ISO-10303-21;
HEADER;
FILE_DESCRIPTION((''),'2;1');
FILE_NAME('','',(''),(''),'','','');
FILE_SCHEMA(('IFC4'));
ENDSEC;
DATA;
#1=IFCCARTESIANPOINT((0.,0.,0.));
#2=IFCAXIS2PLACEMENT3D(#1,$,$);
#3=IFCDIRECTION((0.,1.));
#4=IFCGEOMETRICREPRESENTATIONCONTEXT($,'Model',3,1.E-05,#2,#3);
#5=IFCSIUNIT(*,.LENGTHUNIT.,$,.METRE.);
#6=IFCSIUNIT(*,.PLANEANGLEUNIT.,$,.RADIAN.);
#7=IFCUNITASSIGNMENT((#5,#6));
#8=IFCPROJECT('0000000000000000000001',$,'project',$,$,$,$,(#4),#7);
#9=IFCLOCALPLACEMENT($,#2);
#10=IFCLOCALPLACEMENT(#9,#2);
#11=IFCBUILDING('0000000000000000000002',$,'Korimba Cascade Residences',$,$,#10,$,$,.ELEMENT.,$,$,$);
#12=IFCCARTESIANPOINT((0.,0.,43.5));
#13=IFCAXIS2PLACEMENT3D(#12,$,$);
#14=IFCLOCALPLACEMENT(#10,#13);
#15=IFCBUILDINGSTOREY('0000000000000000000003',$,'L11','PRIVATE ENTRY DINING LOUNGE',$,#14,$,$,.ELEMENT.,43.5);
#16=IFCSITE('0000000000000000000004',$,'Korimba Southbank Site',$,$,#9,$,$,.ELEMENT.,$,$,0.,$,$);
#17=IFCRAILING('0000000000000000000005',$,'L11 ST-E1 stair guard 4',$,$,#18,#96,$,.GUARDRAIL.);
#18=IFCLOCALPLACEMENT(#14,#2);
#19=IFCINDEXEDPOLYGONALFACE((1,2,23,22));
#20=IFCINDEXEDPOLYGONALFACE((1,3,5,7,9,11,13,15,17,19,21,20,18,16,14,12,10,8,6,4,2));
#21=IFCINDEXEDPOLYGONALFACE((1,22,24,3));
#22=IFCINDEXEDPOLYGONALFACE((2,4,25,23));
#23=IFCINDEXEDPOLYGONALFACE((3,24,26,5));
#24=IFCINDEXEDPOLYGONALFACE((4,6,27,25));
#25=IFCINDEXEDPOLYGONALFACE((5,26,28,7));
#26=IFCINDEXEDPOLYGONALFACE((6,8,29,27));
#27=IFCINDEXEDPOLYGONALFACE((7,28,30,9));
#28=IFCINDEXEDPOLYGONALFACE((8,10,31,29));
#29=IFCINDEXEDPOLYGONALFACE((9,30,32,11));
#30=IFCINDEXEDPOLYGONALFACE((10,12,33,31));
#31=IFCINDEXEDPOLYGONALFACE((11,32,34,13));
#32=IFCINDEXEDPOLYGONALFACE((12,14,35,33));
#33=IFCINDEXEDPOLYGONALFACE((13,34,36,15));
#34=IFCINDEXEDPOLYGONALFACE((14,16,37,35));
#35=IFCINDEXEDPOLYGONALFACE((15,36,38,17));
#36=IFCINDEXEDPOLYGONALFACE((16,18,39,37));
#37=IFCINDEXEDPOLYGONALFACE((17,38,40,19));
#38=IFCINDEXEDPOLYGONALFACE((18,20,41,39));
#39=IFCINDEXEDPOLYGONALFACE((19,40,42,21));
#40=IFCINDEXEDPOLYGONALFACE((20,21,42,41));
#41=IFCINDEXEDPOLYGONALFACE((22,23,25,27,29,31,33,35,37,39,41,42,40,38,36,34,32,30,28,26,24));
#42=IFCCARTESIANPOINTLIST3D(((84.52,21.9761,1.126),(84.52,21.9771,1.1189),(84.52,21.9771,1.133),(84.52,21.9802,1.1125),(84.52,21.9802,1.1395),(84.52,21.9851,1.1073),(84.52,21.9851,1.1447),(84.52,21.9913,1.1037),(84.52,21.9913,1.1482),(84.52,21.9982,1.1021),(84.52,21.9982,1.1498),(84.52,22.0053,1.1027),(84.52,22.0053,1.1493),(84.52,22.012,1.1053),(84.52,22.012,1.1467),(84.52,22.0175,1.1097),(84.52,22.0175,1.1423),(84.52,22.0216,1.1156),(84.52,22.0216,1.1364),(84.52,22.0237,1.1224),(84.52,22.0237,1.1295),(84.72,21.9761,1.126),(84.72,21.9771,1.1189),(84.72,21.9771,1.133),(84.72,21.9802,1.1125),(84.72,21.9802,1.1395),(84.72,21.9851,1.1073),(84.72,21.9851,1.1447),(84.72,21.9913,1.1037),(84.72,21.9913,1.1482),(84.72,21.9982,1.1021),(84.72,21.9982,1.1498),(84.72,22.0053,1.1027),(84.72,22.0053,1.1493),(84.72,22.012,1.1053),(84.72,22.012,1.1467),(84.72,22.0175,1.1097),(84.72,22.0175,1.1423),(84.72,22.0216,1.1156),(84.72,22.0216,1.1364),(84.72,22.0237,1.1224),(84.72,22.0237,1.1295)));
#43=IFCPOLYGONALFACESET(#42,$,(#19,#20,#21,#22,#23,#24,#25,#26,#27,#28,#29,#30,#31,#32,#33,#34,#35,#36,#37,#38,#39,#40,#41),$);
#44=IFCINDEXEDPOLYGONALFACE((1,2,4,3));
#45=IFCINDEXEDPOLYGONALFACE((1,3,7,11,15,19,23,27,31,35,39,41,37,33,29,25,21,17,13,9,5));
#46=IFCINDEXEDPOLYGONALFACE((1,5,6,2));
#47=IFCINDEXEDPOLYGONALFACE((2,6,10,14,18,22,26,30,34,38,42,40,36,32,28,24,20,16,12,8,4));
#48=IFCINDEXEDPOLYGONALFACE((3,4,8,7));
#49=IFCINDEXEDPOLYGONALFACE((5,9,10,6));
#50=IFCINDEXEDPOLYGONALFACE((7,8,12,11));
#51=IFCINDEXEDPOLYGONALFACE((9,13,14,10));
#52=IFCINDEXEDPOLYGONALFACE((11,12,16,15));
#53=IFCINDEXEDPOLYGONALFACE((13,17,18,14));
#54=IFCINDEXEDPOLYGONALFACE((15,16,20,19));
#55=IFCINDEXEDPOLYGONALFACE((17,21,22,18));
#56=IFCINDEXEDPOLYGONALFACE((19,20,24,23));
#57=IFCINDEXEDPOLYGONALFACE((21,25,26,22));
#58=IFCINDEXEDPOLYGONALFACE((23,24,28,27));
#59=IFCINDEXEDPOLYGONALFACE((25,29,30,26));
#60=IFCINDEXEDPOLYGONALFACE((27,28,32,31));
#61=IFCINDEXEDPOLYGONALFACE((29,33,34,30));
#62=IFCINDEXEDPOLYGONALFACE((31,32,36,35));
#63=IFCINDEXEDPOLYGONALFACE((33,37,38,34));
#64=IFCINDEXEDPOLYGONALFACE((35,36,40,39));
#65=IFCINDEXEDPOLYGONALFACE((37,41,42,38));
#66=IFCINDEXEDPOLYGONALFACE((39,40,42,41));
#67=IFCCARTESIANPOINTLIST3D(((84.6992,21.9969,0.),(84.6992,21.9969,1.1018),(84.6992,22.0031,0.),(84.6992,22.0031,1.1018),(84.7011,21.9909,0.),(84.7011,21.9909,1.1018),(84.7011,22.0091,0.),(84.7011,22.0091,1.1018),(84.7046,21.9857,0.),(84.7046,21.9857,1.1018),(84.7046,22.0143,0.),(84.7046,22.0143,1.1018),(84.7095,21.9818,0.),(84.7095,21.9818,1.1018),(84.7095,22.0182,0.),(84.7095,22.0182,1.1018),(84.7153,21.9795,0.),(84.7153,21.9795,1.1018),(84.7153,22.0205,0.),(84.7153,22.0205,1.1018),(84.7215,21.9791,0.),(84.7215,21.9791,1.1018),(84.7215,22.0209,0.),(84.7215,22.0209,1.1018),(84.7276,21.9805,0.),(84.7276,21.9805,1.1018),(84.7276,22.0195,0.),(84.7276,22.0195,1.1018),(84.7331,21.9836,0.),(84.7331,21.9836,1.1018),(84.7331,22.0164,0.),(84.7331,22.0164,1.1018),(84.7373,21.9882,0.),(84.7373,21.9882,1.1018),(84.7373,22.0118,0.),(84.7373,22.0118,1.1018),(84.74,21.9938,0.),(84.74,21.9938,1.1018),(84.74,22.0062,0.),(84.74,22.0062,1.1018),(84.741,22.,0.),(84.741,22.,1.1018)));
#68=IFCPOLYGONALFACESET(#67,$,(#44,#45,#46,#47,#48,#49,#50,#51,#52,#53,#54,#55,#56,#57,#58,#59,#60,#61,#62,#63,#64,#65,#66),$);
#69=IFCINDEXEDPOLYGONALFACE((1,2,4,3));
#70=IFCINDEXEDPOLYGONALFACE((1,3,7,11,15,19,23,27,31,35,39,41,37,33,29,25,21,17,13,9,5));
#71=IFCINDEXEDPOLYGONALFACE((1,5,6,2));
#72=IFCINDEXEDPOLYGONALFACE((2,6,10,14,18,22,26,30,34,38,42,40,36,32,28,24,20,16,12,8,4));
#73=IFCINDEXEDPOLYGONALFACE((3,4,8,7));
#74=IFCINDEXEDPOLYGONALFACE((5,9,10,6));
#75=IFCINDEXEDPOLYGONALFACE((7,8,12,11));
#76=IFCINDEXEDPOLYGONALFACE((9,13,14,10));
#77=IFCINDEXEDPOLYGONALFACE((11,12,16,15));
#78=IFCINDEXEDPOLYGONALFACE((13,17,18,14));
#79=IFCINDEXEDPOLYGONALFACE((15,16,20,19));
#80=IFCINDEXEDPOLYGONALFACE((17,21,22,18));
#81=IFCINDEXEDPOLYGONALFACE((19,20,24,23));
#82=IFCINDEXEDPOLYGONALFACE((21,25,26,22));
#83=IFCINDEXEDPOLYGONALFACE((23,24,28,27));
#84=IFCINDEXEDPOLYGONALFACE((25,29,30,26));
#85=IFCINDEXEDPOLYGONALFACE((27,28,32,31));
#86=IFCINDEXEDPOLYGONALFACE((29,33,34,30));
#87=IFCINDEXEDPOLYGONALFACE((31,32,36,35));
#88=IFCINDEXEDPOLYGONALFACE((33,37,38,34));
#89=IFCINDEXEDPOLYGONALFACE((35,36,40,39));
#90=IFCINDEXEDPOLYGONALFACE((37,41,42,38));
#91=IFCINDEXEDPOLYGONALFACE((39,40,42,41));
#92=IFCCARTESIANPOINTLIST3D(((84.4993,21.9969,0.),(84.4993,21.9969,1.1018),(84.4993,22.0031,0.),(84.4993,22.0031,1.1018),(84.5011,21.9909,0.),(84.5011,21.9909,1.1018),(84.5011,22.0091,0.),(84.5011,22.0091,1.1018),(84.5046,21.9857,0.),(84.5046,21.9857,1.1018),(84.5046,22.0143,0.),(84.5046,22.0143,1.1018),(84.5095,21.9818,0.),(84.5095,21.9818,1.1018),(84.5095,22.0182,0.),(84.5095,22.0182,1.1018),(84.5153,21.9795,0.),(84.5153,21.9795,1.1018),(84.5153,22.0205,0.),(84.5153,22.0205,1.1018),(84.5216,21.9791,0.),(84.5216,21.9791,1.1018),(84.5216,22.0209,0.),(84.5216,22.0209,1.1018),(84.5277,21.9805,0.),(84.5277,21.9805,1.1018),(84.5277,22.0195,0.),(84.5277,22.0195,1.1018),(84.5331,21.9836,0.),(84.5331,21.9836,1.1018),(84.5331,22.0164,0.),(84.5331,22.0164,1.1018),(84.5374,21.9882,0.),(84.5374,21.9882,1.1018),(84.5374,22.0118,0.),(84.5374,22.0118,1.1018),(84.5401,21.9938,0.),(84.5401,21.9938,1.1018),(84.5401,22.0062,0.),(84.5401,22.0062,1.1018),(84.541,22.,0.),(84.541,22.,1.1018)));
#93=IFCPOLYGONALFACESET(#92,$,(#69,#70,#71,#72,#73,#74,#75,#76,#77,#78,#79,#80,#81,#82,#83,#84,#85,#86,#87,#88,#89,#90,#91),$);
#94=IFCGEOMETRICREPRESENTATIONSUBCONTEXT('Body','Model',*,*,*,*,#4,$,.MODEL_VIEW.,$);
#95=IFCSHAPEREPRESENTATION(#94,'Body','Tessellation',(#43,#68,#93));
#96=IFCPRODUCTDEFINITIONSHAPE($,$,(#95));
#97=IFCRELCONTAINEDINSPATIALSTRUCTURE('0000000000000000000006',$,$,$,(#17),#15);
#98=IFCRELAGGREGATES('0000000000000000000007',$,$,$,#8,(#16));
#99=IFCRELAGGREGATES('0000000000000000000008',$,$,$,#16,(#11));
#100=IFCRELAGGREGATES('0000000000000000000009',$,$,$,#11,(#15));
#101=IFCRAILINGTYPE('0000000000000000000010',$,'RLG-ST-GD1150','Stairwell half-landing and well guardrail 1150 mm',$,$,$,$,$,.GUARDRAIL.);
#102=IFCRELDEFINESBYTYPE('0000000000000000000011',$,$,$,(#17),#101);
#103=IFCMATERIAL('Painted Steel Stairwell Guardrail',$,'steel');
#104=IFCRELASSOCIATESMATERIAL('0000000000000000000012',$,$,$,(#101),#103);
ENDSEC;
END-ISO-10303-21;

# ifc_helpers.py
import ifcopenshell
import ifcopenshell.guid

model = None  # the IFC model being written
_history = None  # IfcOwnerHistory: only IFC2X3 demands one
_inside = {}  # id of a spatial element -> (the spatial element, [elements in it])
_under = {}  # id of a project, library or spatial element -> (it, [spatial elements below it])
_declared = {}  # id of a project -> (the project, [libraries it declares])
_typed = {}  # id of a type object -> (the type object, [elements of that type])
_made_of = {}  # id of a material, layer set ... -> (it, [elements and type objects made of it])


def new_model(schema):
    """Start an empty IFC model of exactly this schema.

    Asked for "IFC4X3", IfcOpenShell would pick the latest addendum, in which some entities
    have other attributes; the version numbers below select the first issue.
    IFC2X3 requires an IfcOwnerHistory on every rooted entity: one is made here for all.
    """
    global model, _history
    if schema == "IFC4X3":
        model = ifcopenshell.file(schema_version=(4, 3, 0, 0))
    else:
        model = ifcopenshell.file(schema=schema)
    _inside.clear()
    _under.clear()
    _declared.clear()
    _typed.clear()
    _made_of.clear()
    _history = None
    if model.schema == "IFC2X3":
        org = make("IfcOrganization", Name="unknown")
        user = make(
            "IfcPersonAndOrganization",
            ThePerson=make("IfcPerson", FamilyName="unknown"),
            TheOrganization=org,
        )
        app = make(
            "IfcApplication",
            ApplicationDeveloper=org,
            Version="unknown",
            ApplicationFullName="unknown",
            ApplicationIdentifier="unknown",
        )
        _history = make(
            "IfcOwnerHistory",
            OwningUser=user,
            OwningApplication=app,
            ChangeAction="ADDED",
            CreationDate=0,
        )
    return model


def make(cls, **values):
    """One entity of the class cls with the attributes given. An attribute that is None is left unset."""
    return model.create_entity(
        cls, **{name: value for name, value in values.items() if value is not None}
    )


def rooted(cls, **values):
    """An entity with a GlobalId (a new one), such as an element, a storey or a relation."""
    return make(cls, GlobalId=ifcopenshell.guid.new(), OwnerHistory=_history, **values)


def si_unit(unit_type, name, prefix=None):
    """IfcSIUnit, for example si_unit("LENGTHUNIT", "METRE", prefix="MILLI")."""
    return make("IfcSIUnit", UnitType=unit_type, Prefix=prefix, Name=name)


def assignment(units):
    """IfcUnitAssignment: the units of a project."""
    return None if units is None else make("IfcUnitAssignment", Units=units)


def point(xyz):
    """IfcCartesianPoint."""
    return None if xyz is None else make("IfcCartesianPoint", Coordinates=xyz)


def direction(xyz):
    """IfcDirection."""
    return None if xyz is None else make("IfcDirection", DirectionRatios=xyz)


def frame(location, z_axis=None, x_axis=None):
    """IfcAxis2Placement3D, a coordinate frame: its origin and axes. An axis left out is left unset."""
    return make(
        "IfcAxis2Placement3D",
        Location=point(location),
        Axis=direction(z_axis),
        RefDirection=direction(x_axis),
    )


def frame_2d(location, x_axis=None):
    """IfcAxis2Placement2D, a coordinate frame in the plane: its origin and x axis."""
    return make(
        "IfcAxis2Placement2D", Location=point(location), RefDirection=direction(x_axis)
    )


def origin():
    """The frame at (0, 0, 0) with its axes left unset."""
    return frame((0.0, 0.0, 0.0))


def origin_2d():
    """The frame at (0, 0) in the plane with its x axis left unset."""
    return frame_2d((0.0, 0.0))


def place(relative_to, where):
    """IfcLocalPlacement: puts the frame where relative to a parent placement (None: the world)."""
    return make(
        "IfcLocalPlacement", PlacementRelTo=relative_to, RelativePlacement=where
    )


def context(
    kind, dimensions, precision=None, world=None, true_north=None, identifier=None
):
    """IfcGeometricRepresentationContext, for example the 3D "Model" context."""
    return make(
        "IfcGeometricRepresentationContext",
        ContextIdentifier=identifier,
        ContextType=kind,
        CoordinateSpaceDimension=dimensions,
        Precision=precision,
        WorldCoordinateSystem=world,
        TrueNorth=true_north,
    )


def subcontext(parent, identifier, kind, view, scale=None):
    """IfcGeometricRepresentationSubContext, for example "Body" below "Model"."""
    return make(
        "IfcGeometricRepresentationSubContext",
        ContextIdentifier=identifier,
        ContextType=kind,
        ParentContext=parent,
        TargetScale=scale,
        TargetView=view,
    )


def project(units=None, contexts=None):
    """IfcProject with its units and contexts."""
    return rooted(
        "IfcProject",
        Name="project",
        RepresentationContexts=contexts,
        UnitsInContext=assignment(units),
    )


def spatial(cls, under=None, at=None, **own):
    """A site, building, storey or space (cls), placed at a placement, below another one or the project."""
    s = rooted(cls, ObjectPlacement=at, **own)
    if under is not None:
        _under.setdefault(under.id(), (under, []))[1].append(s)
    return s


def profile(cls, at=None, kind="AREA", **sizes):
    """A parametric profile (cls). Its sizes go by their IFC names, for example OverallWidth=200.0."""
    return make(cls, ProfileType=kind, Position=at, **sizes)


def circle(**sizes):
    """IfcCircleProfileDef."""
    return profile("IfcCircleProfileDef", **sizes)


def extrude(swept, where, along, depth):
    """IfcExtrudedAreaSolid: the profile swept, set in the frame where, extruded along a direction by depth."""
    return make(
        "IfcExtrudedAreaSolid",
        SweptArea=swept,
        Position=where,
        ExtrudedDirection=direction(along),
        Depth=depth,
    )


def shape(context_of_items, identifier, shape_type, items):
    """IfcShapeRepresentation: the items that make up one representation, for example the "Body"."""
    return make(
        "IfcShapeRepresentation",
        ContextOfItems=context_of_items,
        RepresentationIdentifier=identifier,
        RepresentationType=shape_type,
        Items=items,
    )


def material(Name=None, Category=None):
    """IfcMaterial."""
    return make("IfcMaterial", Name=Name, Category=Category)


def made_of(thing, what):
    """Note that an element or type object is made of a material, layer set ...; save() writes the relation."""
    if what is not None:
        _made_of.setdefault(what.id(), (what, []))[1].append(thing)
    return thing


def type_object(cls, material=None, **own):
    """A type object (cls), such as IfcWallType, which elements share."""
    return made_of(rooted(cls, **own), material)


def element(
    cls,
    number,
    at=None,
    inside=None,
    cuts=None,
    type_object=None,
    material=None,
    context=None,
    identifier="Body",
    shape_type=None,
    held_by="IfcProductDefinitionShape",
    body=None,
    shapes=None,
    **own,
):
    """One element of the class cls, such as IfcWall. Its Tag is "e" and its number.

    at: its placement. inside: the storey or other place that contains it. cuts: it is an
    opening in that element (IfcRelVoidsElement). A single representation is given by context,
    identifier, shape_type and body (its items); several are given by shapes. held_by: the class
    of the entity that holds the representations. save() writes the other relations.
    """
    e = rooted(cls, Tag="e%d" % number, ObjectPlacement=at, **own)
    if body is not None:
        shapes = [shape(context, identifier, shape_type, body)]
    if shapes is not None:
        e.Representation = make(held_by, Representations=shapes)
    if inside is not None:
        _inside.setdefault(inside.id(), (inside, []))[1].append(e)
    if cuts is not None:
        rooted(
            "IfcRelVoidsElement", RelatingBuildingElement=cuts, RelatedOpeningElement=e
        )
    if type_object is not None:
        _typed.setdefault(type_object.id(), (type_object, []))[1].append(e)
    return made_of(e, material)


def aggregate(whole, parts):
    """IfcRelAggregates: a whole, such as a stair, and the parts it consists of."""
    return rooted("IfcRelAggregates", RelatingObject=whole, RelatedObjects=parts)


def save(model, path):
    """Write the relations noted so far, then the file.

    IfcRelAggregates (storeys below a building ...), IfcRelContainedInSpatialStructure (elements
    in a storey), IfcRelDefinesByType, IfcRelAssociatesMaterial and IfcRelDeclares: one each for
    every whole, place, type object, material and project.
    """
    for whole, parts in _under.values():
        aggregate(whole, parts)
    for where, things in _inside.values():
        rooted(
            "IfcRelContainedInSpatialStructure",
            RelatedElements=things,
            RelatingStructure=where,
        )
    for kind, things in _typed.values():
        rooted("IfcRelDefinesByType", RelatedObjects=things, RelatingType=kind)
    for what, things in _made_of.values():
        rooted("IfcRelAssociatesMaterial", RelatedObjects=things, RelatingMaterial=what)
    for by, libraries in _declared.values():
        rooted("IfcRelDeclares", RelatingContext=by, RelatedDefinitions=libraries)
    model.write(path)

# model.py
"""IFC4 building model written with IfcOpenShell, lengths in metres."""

from ifc_helpers import new_model, si_unit, direction, frame, origin, origin_2d, place, context, subcontext, project, spatial, circle, extrude, material, type_object, element, save


model = new_model("IFC4")

# Units and contexts
model_context = context("Model", 3, precision=1e-05, world=origin(), true_north=direction((0.0, 1.0)))
body_context = subcontext(model_context, "Body", "Model", "MODEL_VIEW")
ifc_project = project(units=[si_unit("LENGTHUNIT", "METRE"), si_unit("PLANEANGLEUNIT", "RADIAN")], contexts=[model_context])

# Site, building, storey
site_placement = place(None, origin())
site = spatial("IfcSite", under=ifc_project, at=site_placement, Name="Korimba Southbank Site", CompositionType="ELEMENT", RefElevation=0.0)
building_placement = place(site_placement, origin())
building = spatial("IfcBuilding", under=site, at=building_placement, Name="Korimba Cascade Residences", CompositionType="ELEMENT")
storey_placement = place(building_placement, frame((0.0, 0.0, 43.5)))
storey = spatial("IfcBuildingStorey", under=building, at=storey_placement, Name="L11", Description="PRIVATE ENTRY DINING LOUNGE", CompositionType="ELEMENT", Elevation=43.5)

# Railing
ifc_material_1 = material(Name="Painted Steel Stairwell Guardrail", Category="steel")
railing_type = type_object("IfcRailingType", Name="RLG-ST-GD1150", Description="Stairwell half-landing and well guardrail 1150 mm", PredefinedType="GUARDRAIL", material=ifc_material_1)
railing_1_placement = place(storey_placement, frame((84.72, 22.0, 0.0)))
element("IfcRailing", 1, at=railing_1_placement, inside=storey, type_object=railing_type, Name="L11 ST-E1 stair guard 4", PredefinedType="GUARDRAIL", context=body_context, shape_type="SweptSolid", body=[
    extrude(circle(Radius=0.0239, at=origin_2d()), frame((0.0, 0.0, 1.126), z_axis=(-1.0, 0.0, 0.0), x_axis=(0.0, -1.0, 0.0)), (0.0, 0.0, 1.0), 0.2),
    extrude(circle(Radius=0.021, at=origin_2d()), origin(), (0.0, 0.0, 1.0), 1.1018),
    extrude(circle(Radius=0.021, at=origin_2d()), frame((-0.2, 0.0, 0.0)), (0.0, 0.0, 1.0), 1.1018),
])

save(model, "model.ifc")
